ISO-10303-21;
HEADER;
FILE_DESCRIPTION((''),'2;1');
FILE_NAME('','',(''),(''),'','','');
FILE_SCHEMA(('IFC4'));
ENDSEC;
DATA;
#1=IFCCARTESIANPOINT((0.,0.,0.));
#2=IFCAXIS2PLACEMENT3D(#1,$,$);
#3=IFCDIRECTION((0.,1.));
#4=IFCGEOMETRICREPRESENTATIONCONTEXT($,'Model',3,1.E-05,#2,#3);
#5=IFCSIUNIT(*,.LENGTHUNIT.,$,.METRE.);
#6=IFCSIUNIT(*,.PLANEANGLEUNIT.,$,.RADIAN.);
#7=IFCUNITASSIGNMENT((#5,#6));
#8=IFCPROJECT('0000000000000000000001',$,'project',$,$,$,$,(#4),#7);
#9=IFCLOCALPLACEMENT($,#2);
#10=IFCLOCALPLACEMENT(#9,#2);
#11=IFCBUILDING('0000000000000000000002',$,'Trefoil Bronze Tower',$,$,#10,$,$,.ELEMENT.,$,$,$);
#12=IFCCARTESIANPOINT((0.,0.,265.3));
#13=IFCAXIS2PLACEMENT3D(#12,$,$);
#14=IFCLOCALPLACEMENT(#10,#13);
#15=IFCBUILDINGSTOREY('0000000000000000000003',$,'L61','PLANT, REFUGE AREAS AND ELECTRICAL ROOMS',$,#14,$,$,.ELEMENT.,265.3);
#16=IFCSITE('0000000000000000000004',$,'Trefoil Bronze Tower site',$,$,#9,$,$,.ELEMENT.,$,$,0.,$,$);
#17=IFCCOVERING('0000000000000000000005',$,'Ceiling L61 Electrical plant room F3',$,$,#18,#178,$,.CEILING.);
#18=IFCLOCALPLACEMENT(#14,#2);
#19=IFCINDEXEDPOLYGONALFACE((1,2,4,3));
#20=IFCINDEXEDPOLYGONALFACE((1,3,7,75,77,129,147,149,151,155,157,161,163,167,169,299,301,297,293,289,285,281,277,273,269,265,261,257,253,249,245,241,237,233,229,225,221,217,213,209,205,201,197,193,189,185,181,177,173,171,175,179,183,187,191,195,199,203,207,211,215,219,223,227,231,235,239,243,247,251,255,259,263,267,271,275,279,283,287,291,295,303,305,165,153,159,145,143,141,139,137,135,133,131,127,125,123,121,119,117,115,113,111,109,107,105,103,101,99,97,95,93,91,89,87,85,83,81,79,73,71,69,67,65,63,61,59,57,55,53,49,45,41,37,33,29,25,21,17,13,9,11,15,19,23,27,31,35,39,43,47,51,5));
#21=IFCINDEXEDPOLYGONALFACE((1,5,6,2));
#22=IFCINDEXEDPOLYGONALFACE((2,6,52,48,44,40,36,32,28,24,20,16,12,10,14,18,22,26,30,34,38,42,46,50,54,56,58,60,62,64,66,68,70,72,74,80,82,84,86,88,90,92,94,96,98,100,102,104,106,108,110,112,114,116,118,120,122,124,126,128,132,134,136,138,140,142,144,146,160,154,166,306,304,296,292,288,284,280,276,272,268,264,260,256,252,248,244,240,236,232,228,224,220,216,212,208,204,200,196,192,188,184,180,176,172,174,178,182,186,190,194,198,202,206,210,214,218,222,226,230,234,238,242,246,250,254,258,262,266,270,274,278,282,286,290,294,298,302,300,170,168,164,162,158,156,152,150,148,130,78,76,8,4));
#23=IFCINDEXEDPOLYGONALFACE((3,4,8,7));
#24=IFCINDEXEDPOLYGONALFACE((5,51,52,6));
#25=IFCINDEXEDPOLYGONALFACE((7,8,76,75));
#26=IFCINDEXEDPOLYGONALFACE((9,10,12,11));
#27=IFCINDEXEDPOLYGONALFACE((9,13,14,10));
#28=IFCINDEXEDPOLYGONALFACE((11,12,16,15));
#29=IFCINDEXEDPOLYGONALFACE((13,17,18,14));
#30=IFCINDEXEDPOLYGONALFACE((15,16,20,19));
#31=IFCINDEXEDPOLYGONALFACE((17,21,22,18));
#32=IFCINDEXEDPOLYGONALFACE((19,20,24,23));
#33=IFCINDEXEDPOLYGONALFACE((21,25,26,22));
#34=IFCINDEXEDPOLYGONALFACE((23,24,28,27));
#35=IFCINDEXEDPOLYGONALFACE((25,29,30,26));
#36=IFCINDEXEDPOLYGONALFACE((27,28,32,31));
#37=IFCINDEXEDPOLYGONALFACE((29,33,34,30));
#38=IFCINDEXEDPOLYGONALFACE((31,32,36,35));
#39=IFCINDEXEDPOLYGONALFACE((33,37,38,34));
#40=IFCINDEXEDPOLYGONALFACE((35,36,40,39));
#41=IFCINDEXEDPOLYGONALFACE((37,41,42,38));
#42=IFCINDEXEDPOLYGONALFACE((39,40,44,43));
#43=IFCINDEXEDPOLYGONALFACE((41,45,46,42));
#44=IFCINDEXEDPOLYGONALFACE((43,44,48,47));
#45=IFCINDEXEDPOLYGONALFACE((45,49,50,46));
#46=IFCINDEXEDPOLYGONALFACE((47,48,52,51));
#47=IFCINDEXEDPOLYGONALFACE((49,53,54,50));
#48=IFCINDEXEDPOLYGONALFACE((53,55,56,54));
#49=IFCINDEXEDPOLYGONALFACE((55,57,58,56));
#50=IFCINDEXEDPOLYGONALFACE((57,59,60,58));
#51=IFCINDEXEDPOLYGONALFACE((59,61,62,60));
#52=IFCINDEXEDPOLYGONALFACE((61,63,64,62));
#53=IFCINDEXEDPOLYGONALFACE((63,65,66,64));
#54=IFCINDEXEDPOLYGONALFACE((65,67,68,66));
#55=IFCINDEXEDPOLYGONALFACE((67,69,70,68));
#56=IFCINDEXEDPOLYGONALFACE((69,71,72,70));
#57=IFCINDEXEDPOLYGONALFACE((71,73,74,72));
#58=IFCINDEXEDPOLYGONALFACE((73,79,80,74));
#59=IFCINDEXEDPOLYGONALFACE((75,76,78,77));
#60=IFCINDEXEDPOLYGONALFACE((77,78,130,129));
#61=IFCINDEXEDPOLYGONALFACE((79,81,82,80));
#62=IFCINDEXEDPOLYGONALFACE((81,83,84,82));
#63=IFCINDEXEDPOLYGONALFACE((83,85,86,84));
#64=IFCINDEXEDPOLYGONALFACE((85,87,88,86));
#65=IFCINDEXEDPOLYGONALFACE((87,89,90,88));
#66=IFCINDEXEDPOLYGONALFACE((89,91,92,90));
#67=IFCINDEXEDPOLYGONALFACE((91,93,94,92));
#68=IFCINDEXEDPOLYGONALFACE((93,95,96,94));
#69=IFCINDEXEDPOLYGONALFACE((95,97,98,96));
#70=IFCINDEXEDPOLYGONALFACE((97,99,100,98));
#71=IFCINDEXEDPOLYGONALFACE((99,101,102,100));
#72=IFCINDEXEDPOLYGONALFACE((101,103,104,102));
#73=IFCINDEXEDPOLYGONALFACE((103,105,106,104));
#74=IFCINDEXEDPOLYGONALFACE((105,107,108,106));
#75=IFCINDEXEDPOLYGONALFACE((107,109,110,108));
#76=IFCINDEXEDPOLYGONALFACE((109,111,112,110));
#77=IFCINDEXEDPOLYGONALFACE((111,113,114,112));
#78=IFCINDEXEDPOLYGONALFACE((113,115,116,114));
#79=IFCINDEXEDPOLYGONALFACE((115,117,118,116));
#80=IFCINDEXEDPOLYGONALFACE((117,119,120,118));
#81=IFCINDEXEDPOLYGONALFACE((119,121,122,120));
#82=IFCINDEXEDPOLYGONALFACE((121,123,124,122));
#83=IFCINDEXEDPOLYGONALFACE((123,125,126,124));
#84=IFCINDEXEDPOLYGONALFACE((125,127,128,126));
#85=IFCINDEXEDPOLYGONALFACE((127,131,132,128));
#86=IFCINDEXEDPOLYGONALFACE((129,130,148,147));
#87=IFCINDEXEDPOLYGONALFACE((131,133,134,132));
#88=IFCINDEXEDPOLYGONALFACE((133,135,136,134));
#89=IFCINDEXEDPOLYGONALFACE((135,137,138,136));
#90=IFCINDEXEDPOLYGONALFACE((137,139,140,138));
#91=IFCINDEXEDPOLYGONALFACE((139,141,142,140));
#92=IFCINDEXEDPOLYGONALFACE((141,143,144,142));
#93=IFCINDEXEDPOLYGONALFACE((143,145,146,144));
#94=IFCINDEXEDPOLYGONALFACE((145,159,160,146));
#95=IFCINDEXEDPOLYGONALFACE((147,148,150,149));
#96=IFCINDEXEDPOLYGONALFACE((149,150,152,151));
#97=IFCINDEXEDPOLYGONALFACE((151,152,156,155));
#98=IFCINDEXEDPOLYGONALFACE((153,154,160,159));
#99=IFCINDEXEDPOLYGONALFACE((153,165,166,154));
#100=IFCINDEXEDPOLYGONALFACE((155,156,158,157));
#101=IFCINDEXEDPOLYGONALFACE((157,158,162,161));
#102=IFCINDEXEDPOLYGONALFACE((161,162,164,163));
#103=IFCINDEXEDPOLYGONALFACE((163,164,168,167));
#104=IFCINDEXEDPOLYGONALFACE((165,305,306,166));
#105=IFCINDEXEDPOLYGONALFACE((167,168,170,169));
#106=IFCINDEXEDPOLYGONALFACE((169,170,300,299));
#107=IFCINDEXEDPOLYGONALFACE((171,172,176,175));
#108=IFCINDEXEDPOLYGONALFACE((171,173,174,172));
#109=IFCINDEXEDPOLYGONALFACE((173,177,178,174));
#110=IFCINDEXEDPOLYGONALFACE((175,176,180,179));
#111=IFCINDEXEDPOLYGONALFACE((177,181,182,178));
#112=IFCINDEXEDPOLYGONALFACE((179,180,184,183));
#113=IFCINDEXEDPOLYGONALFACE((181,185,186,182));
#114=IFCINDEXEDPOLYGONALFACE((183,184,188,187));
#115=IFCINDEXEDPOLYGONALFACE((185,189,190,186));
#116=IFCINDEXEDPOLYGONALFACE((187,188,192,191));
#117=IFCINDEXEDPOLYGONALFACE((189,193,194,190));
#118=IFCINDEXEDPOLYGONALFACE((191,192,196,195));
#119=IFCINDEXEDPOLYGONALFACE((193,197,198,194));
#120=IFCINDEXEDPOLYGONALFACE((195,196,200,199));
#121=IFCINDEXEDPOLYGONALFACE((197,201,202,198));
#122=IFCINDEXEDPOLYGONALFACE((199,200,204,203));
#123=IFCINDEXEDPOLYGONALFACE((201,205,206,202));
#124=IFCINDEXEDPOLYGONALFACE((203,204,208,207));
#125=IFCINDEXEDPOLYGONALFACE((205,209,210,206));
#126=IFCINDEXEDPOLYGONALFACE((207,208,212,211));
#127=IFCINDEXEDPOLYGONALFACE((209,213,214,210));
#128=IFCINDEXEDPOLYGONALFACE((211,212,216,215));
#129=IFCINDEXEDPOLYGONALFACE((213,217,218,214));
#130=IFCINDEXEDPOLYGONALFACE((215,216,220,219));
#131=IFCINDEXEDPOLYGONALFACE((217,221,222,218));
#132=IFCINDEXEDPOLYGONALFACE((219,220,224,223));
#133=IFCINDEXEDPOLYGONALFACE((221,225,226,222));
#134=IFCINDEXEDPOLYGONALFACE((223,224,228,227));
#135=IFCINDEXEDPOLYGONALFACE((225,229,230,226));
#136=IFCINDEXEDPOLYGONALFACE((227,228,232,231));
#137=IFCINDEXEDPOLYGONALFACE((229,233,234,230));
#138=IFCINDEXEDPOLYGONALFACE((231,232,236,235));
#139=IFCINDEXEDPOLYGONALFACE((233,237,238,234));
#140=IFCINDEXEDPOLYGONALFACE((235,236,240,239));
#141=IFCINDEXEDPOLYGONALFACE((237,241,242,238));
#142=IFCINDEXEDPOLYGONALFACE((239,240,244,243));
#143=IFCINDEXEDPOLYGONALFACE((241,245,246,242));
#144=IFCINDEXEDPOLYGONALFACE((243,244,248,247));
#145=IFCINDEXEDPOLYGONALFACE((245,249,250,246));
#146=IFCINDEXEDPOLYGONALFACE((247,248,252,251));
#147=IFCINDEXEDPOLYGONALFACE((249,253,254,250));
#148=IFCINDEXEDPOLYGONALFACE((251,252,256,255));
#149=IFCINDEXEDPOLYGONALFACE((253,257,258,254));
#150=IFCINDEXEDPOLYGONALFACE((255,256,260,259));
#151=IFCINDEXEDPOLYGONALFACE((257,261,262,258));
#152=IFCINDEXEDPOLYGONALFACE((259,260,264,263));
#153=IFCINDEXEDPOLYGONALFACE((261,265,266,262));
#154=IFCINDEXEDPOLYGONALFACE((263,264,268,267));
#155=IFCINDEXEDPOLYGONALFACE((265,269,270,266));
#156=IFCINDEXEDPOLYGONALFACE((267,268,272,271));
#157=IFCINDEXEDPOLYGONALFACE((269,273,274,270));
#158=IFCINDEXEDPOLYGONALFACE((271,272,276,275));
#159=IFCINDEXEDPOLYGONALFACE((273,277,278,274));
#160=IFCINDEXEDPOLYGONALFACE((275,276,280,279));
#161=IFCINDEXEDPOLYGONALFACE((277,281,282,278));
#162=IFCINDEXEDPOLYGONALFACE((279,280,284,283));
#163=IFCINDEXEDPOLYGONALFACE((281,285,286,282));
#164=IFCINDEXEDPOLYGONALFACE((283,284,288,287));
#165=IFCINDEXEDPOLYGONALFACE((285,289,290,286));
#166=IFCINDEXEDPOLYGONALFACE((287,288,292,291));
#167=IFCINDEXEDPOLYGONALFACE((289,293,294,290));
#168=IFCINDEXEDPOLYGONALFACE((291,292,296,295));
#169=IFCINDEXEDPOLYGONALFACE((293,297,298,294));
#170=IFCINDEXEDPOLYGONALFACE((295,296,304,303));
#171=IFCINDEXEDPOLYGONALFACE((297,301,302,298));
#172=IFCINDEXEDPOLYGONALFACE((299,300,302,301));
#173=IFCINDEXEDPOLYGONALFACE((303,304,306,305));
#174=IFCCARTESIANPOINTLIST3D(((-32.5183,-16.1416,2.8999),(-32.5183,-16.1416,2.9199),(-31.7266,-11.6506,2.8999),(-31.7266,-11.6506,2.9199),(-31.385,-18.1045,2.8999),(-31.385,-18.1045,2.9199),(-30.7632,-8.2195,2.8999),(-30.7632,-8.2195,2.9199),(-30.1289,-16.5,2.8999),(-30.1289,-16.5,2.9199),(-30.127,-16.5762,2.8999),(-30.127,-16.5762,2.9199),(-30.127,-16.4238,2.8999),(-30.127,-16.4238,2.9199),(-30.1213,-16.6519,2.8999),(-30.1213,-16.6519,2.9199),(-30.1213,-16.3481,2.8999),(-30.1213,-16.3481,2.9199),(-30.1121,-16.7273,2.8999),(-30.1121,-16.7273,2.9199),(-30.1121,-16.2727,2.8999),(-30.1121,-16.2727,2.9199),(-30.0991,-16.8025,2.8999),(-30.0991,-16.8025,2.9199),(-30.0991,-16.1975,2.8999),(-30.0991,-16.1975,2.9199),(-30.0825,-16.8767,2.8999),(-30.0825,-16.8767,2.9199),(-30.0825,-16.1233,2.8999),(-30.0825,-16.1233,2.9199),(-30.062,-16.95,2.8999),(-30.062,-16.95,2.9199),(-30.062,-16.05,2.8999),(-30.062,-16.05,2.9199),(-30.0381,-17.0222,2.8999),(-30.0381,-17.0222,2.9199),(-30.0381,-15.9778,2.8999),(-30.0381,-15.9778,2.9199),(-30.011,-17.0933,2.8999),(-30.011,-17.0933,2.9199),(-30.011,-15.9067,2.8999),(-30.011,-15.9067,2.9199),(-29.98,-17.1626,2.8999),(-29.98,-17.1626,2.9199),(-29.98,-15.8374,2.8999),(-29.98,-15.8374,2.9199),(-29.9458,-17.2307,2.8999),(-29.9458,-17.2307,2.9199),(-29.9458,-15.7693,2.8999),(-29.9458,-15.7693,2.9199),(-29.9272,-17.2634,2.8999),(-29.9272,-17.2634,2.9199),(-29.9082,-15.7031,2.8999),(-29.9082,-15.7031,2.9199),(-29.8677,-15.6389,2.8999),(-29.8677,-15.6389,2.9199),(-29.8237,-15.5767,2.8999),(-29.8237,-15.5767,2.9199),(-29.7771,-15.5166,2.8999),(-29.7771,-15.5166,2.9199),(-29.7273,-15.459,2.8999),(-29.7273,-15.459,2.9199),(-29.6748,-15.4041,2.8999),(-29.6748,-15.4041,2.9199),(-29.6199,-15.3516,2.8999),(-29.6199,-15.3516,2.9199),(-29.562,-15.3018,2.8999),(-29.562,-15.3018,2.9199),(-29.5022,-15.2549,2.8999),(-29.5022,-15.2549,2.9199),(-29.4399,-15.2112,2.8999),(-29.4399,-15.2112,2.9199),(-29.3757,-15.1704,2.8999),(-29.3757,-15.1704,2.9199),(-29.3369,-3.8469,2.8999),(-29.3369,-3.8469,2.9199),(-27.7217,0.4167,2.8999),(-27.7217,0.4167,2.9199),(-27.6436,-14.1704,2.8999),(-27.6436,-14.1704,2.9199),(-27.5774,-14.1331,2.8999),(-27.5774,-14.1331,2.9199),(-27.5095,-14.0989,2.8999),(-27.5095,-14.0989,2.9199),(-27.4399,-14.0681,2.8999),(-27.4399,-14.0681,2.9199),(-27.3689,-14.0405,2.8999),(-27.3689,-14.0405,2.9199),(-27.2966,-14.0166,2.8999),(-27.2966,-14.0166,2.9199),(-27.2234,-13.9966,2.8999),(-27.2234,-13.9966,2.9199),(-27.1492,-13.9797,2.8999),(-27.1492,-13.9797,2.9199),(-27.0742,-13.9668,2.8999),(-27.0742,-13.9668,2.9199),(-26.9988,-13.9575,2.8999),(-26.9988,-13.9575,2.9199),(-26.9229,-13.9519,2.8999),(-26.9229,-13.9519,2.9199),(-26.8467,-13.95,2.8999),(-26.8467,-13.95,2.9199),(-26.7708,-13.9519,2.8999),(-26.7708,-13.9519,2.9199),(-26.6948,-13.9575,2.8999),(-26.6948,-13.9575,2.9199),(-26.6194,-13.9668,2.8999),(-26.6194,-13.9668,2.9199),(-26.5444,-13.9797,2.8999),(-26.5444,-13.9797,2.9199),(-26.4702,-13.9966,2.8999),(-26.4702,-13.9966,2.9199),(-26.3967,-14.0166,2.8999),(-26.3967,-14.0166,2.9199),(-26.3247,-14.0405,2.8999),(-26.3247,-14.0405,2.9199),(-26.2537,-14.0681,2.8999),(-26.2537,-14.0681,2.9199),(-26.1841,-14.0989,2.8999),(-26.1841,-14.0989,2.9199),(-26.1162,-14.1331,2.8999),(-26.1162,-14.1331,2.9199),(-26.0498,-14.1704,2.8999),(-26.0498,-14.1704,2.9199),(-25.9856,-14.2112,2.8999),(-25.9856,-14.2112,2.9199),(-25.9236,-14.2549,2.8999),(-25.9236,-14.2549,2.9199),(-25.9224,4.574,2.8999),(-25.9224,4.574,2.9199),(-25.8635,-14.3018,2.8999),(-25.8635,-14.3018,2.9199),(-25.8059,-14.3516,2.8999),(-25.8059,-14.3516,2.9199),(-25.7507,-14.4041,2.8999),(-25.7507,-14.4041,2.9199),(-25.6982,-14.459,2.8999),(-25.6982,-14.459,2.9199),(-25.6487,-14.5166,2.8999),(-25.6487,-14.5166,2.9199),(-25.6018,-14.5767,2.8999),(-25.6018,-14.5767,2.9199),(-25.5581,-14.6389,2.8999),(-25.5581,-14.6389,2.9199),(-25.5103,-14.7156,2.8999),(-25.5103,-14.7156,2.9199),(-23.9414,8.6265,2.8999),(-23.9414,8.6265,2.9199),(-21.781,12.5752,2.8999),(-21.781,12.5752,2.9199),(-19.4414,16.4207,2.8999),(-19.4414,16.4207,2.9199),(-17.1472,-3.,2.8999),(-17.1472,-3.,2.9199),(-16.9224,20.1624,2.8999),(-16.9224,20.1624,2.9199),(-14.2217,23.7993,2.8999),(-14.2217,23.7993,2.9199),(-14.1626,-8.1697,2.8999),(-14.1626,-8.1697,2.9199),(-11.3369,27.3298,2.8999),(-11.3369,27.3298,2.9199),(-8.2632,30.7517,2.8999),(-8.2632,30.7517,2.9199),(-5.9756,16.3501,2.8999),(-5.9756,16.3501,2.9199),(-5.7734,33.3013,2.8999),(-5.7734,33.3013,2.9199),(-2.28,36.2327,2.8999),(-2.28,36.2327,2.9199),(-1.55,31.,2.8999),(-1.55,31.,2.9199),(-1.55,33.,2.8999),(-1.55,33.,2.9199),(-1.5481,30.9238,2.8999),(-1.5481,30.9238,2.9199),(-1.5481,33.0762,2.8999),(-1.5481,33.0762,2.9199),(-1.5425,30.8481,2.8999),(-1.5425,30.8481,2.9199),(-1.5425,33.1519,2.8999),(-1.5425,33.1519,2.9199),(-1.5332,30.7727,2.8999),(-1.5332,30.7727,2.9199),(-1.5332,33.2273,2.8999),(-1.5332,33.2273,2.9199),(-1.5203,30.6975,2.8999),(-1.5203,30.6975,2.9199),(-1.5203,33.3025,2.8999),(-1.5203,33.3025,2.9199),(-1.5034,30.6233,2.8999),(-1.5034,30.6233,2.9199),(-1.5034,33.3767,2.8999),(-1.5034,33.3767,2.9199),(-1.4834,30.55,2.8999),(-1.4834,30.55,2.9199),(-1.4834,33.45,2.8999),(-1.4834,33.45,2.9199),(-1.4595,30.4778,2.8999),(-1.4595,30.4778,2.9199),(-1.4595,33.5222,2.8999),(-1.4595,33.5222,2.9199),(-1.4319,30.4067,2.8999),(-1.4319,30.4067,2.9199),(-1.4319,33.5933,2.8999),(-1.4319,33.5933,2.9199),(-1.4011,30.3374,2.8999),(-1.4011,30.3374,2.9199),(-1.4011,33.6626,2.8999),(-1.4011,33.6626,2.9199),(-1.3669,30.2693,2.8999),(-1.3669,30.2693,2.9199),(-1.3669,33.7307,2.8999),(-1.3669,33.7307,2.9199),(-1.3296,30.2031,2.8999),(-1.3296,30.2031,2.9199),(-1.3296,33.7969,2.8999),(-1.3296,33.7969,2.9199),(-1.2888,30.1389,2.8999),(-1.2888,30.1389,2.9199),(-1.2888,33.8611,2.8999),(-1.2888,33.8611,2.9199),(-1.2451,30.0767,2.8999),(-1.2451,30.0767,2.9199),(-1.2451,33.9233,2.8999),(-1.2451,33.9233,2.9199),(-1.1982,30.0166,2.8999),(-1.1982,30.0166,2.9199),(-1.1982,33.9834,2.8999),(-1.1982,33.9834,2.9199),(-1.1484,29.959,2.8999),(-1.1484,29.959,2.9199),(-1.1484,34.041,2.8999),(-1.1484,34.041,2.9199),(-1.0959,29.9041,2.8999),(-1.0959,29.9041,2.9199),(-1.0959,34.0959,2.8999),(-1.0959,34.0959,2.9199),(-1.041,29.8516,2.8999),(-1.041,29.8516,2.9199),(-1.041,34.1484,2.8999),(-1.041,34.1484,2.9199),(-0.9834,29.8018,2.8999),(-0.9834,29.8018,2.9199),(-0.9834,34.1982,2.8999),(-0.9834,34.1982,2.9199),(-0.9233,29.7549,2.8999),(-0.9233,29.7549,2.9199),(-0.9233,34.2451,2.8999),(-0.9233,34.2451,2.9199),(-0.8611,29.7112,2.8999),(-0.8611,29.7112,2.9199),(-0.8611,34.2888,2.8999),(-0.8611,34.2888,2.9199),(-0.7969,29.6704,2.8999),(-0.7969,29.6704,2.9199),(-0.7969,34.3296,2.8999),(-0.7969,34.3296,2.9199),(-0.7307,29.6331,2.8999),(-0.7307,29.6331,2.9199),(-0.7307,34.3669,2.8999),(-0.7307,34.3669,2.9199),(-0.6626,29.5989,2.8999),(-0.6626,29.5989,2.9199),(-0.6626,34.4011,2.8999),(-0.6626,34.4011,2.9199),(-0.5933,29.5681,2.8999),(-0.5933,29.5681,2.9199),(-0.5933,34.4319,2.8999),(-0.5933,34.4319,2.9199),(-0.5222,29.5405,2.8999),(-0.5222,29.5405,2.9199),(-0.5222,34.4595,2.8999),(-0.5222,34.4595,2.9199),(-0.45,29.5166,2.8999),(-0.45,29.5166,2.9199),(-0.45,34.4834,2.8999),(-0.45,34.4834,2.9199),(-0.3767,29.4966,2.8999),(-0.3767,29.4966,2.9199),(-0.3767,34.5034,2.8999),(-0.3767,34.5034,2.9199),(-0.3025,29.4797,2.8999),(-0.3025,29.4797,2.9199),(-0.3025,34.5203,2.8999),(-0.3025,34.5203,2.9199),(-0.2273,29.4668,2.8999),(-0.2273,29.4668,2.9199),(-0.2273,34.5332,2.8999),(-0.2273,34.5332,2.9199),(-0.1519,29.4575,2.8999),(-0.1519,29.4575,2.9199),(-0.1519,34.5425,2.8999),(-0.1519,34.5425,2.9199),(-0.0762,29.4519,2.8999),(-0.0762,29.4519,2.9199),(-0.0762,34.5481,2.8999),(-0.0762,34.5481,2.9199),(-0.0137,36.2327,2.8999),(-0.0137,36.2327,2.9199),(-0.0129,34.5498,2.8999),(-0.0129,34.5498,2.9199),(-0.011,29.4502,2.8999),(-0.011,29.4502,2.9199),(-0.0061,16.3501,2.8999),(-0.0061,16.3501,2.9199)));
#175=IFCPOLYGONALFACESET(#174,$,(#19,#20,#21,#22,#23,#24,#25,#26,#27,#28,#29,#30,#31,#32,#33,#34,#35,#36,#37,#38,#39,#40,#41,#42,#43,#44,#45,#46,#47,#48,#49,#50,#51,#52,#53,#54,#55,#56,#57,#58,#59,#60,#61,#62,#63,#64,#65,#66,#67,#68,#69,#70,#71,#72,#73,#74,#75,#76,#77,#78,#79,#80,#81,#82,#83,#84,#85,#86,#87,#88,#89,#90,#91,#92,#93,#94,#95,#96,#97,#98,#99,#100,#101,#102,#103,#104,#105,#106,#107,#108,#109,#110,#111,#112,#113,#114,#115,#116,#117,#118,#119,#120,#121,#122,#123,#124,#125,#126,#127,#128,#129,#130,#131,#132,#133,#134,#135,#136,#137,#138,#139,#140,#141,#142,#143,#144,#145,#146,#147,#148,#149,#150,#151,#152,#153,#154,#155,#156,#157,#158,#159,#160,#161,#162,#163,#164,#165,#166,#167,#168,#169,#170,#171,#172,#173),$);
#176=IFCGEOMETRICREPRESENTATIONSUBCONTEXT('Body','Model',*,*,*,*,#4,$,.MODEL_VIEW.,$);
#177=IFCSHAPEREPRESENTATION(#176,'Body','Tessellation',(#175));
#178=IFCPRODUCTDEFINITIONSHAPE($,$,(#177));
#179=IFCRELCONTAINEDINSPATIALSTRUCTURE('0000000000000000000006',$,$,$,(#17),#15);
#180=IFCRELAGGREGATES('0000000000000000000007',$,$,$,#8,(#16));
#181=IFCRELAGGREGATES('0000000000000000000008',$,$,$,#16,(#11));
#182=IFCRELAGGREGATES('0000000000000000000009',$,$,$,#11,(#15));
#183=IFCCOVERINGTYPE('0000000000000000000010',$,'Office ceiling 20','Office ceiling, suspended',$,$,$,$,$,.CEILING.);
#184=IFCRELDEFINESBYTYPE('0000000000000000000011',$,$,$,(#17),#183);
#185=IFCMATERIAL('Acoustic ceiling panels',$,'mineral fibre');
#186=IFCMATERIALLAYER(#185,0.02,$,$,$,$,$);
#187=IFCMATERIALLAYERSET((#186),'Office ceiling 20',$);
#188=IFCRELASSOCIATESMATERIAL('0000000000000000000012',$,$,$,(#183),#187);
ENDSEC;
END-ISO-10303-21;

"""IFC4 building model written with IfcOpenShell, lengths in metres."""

from ifc_helpers import new_model, si_unit, direction, frame, origin, place, context, subcontext, project, spatial, polyline, outline, extrude, material, layer, layer_set, type_object, element, save


model = new_model("IFC4")

# Units and contexts
model_context = context("Model", 3, precision=1e-05, world=origin(), true_north=direction((0.0, 1.0)))
body_context = subcontext(model_context, "Body", "Model", "MODEL_VIEW")
ifc_project = project(units=[si_unit("LENGTHUNIT", "METRE"), si_unit("PLANEANGLEUNIT", "RADIAN")], contexts=[model_context])

# Site, building, storey
site_placement = place(None, origin())
site = spatial("IfcSite", under=ifc_project, at=site_placement, Name="Trefoil Bronze Tower site", CompositionType="ELEMENT", RefElevation=0.0)
building_placement = place(site_placement, origin())
building = spatial("IfcBuilding", under=site, at=building_placement, Name="Trefoil Bronze Tower", CompositionType="ELEMENT")
storey_placement = place(building_placement, frame((0.0, 0.0, 265.3)))
storey = spatial("IfcBuildingStorey", under=building, at=storey_placement, Name="L61", Description="PLANT, REFUGE AREAS AND ELECTRICAL ROOMS", CompositionType="ELEMENT", Elevation=265.3)

# Covering
ifc_material_1 = material(Name="Acoustic ceiling panels", Category="mineral fibre")
ifc_layer_1 = layer(ifc_material_1, 0.02)
ifc_layer_set_1 = layer_set([ifc_layer_1], Name="Office ceiling 20")
covering_type = type_object("IfcCoveringType", Name="Office ceiling 20", Description="Office ceiling, suspended", PredefinedType="CEILING", material=ifc_layer_set_1)
covering_1_placement = place(storey_placement, frame((0.0, 0.0, 2.8999)))
element("IfcCovering", 1, at=covering_1_placement, inside=storey, type_object=covering_type, Name="Ceiling L61 Electrical plant room F3", PredefinedType="CEILING", context=body_context, shape_type="SweptSolid", body=[
    extrude(outline(polyline([(-30.7632, -8.2195), (-29.3369, -3.8469), (-27.7217, 0.4167), (-25.9224, 4.574), (-23.9414, 8.6265), (-21.781, 12.5752), (-19.4414, 16.4207), (-16.9224, 20.1624), (-14.2217, 23.7993), (-11.3369, 27.3298), (-8.2632, 30.7517), (-5.7734, 33.3013), (-2.28, 36.2327), (-0.0137, 36.2327), (-0.0129, 34.5498), (-0.0762, 34.5481), (-0.1519, 34.5425), (-0.2273, 34.5332), (-0.3025, 34.5203), (-0.3767, 34.5034), (-0.45, 34.4834), (-0.5222, 34.4595), (-0.5933, 34.4319), (-0.6626, 34.4011), (-0.7307, 34.3669), (-0.7969, 34.3296), (-0.8611, 34.2888), (-0.9233, 34.2451), (-0.9834, 34.1982), (-1.041, 34.1484), (-1.0959, 34.0959), (-1.1484, 34.041), (-1.1982, 33.9834), (-1.2451, 33.9233), (-1.2888, 33.8611), (-1.3296, 33.7969), (-1.3669, 33.7307), (-1.4011, 33.6626), (-1.4319, 33.5933), (-1.4595, 33.5222), (-1.4834, 33.45), (-1.5034, 33.3767), (-1.5203, 33.3025), (-1.5332, 33.2273), (-1.5425, 33.1519), (-1.5481, 33.0762), (-1.55, 33.0), (-1.55, 31.0), (-1.5481, 30.9238), (-1.5425, 30.8481), (-1.5332, 30.7727), (-1.5203, 30.6975), (-1.5034, 30.6233), (-1.4834, 30.55), (-1.4595, 30.4778), (-1.4319, 30.4067), (-1.4011, 30.3374), (-1.3669, 30.2693), (-1.3296, 30.2031), (-1.2888, 30.1389), (-1.2451, 30.0767), (-1.1982, 30.0166), (-1.1484, 29.959), (-1.0959, 29.9041), (-1.041, 29.8516), (-0.9834, 29.8018), (-0.9233, 29.7549), (-0.8611, 29.7112), (-0.7969, 29.6704), (-0.7307, 29.6331), (-0.6626, 29.5989), (-0.5933, 29.5681), (-0.5222, 29.5405), (-0.45, 29.5166), (-0.3767, 29.4966), (-0.3025, 29.4797), (-0.2273, 29.4668), (-0.1519, 29.4575), (-0.0762, 29.4519), (-0.011, 29.4502), (-0.0061, 16.3501), (-5.9756, 16.3501), (-17.1472, -3.0), (-14.1626, -8.1697), (-25.5103, -14.7156), (-25.5581, -14.6389), (-25.6018, -14.5767), (-25.6487, -14.5166), (-25.6982, -14.459), (-25.7507, -14.4041), (-25.8059, -14.3516), (-25.8635, -14.3018), (-25.9236, -14.2549), (-25.9856, -14.2112), (-26.0498, -14.1704), (-26.1162, -14.1331), (-26.1841, -14.0989), (-26.2537, -14.0681), (-26.3247, -14.0405), (-26.3967, -14.0166), (-26.4702, -13.9966), (-26.5444, -13.9797), (-26.6194, -13.9668), (-26.6948, -13.9575), (-26.7708, -13.9519), (-26.8467, -13.95), (-26.9229, -13.9519), (-26.9988, -13.9575), (-27.0742, -13.9668), (-27.1492, -13.9797), (-27.2234, -13.9966), (-27.2966, -14.0166), (-27.3689, -14.0405), (-27.4399, -14.0681), (-27.5095, -14.0989), (-27.5774, -14.1331), (-27.6436, -14.1704), (-29.3757, -15.1704), (-29.4399, -15.2112), (-29.5022, -15.2549), (-29.562, -15.3018), (-29.6199, -15.3516), (-29.6748, -15.4041), (-29.7273, -15.459), (-29.7771, -15.5166), (-29.8237, -15.5767), (-29.8677, -15.6389), (-29.9082, -15.7031), (-29.9458, -15.7693), (-29.98, -15.8374), (-30.011, -15.9067), (-30.0381, -15.9778), (-30.062, -16.05), (-30.0825, -16.1233), (-30.0991, -16.1975), (-30.1121, -16.2727), (-30.1213, -16.3481), (-30.127, -16.4238), (-30.1289, -16.5), (-30.127, -16.5762), (-30.1213, -16.6519), (-30.1121, -16.7273), (-30.0991, -16.8025), (-30.0825, -16.8767), (-30.062, -16.95), (-30.0381, -17.0222), (-30.011, -17.0933), (-29.98, -17.1626), (-29.9458, -17.2307), (-29.9272, -17.2634), (-31.385, -18.1045), (-32.5183, -16.1416), (-31.7266, -11.6506), (-30.7632, -8.2195)])), origin(), (0.0, 0.0, 1.0), 0.02),
])

save(model, "model.ifc")
